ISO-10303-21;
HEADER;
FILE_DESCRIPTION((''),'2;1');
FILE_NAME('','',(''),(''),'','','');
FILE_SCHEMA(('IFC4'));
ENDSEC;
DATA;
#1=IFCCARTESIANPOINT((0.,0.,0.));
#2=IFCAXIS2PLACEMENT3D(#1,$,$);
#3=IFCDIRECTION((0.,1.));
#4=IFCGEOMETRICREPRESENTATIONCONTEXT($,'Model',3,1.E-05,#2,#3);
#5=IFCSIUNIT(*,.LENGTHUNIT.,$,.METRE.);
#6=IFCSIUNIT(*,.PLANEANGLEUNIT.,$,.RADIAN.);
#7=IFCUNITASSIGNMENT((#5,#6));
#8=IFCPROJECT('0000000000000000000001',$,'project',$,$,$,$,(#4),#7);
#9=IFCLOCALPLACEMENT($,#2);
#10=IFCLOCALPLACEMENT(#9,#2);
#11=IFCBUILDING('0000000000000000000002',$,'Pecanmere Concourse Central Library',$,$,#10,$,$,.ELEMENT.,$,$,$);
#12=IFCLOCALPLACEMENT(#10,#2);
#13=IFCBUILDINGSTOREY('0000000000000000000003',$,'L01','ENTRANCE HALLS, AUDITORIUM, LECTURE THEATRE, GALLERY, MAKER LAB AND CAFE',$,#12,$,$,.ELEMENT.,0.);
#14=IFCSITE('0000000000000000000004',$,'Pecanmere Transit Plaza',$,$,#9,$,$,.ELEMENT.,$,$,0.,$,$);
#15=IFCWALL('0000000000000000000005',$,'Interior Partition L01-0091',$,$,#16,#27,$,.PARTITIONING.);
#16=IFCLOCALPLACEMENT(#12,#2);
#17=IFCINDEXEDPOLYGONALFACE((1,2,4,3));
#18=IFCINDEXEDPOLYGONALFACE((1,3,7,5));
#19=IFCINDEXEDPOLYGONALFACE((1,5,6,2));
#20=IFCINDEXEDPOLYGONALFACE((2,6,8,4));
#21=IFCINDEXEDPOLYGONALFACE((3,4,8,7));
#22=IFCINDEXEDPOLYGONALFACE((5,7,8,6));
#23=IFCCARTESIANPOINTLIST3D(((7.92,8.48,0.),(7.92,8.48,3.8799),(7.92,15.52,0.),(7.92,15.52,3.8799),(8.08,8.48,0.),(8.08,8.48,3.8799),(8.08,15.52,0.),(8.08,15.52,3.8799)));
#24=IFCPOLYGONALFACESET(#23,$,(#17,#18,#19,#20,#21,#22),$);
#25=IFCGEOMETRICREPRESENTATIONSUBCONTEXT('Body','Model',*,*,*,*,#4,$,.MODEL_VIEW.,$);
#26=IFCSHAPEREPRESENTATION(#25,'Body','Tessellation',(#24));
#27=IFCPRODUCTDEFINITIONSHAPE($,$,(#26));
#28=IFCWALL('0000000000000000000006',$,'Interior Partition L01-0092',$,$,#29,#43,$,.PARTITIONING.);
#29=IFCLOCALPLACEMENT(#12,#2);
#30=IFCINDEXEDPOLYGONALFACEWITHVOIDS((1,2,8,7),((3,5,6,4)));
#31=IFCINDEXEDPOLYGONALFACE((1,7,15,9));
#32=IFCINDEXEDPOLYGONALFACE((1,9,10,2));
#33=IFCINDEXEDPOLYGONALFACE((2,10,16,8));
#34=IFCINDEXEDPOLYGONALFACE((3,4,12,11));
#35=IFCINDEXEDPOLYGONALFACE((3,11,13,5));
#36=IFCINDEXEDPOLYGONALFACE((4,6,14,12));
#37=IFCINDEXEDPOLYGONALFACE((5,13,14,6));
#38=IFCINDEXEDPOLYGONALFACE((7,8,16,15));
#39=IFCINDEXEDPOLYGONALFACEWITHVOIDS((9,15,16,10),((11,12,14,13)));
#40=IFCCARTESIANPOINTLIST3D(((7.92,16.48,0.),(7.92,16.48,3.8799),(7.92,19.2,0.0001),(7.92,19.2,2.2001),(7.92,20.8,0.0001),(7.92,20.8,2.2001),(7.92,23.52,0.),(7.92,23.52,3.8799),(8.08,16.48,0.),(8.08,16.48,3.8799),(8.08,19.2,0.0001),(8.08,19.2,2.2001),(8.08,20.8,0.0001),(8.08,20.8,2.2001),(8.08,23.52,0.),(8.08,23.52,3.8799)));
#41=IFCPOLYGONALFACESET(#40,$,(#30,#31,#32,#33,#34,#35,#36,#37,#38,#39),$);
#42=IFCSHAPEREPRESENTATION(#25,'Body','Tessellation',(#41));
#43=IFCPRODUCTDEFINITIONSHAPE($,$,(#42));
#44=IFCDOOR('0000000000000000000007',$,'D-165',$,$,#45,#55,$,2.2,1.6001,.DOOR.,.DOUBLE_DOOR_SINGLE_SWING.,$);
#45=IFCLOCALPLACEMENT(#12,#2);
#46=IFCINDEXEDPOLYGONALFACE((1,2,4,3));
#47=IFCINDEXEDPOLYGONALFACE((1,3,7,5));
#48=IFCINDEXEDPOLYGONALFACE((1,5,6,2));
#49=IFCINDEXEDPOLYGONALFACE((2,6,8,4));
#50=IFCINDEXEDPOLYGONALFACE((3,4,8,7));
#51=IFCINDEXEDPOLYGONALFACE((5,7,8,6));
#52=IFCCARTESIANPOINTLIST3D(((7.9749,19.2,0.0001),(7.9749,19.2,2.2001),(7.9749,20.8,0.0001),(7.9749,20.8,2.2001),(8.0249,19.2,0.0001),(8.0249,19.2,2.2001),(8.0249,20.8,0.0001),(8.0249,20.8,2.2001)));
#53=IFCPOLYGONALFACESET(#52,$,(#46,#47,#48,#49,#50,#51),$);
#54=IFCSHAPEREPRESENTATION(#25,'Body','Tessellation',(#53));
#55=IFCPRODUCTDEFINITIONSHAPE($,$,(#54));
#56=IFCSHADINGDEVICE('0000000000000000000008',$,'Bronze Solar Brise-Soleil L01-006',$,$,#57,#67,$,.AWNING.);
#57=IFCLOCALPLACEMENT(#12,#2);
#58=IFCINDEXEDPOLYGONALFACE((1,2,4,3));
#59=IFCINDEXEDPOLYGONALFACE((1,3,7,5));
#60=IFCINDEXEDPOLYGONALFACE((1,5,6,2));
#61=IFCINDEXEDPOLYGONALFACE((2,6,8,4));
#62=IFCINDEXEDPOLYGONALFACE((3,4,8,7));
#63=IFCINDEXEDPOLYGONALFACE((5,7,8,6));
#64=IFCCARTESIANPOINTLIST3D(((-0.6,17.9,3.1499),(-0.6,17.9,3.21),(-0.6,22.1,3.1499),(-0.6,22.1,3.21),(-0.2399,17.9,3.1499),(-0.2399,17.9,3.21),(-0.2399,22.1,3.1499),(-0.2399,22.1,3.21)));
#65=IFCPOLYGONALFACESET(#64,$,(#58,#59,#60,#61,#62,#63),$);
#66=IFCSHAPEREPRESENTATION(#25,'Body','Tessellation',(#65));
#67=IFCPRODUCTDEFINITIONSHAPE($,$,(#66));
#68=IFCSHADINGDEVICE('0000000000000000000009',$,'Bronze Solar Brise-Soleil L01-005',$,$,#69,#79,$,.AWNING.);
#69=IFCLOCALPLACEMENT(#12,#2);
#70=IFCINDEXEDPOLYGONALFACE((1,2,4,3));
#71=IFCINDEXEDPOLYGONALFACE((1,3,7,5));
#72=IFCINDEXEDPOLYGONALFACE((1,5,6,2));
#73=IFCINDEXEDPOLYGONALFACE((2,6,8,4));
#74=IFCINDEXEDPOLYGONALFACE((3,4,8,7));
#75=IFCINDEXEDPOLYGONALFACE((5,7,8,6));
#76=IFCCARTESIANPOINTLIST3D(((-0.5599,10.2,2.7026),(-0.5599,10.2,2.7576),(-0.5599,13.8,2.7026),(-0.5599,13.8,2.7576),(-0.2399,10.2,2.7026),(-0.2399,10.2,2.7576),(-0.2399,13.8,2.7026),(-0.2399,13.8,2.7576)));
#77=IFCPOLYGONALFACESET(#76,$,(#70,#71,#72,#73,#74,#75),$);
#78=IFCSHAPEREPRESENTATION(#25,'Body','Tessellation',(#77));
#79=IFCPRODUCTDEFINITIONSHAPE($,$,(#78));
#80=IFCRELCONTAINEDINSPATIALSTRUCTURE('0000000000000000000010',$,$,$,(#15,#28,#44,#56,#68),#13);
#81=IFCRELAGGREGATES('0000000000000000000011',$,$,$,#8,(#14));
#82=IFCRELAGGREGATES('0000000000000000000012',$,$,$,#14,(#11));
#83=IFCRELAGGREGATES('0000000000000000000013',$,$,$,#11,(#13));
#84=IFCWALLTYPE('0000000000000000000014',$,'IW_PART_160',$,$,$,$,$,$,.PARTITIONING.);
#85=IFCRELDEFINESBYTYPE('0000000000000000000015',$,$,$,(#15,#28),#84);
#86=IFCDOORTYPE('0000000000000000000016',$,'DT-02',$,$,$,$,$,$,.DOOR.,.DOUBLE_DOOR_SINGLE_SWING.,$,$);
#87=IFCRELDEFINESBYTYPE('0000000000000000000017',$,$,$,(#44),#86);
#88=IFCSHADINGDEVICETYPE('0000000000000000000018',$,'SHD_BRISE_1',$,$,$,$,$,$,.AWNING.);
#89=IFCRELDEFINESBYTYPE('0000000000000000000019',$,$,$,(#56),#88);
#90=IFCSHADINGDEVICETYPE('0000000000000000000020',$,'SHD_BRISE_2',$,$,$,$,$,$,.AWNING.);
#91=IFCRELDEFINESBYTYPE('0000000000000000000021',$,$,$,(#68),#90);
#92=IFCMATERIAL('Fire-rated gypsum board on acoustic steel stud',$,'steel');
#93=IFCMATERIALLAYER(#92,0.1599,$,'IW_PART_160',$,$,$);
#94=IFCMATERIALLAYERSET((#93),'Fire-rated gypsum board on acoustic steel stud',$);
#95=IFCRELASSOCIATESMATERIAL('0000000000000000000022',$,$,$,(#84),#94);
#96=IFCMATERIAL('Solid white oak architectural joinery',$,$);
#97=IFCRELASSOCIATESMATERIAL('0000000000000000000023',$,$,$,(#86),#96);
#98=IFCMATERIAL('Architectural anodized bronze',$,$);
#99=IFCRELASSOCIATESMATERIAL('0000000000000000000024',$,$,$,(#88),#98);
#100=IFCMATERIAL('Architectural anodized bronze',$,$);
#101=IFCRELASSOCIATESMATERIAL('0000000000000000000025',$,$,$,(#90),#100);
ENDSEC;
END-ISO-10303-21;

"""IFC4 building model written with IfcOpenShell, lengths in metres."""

from ifc_helpers import new_model, si_unit, direction, frame, frame_2d, origin, origin_2d, place, context, subcontext, project, spatial, rectangle, extrude, material, layer, layer_set, type_object, element, fill, save


model = new_model("IFC4")

# Units and contexts
model_context = context("Model", 3, precision=1e-05, world=origin(), true_north=direction((0.0, 1.0)))
body_context = subcontext(model_context, "Body", "Model", "MODEL_VIEW")
ifc_project = project(units=[si_unit("LENGTHUNIT", "METRE"), si_unit("PLANEANGLEUNIT", "RADIAN")], contexts=[model_context])

# Site, building, storey
site_placement = place(None, origin())
site = spatial("IfcSite", under=ifc_project, at=site_placement, Name="Pecanmere Transit Plaza", CompositionType="ELEMENT", RefElevation=0.0)
building_placement = place(site_placement, origin())
building = spatial("IfcBuilding", under=site, at=building_placement, Name="Pecanmere Concourse Central Library", CompositionType="ELEMENT")
storey_placement = place(building_placement, origin())
storey = spatial("IfcBuildingStorey", under=building, at=storey_placement, Name="L01", Description="ENTRANCE HALLS, AUDITORIUM, LECTURE THEATRE, GALLERY, MAKER LAB AND CAFE", CompositionType="ELEMENT", Elevation=0.0)

# Wall
ifc_material_1 = material(Name="Fire-rated gypsum board on acoustic steel stud", Category="steel")
ifc_layer_1 = layer(ifc_material_1, 0.1599, Name="IW_PART_160")
ifc_layer_set_1 = layer_set([ifc_layer_1], Name="Fire-rated gypsum board on acoustic steel stud")
wall_type_1 = type_object("IfcWallType", Name="IW_PART_160", PredefinedType="PARTITIONING", material=ifc_layer_set_1)
for number, where, z_axis, x_axis, name in (
    (1, (8.0, 8.48, 0.0), (0.0, 0.0, 1.0), (0.0, 1.0, 0.0), "Interior Partition L01-0091"),
):
    element("IfcWall", number, at=place(storey_placement, frame(where, z_axis=z_axis, x_axis=x_axis)), inside=storey, type_object=wall_type_1, Name=name, PredefinedType="PARTITIONING", context=body_context, shape_type="SweptSolid", body=[
        extrude(rectangle(XDim=7.04, YDim=0.1599, at=frame_2d((3.52, 0.0))), origin(), (0.0, 0.0, 1.0), 3.8799),
    ])

# Wall, opening, door
wall_1_placement = place(storey_placement, frame((8.0, 16.48, 0.0), z_axis=(0.0, 0.0, 1.0), x_axis=(0.0, 1.0, 0.0)))
wall_1 = element("IfcWall", 2, at=wall_1_placement, inside=storey, type_object=wall_type_1, Name="Interior Partition L01-0092", PredefinedType="PARTITIONING", context=body_context, shape_type="SweptSolid", body=[
    extrude(rectangle(XDim=7.04, YDim=0.1599, at=frame_2d((3.52, 0.0))), origin(), (0.0, 0.0, 1.0), 3.8799),
])
opening_1_placement = place(wall_1_placement, frame((2.72, 0.0, 0.0)))
opening_1 = element("IfcOpeningElement", 3, at=opening_1_placement, cuts=wall_1, PredefinedType="OPENING", context=body_context, shape_type="SweptSolid", body=[
    extrude(rectangle(XDim=1.6001, YDim=2.2, at=frame_2d((0.8, 1.1001))), frame((0.0, 0.0918, 0.0), z_axis=(0.0, -1.0, 0.0), x_axis=(1.0, 0.0, 0.0)), (0.0, 0.0, 1.0), 0.1838),
])
ifc_material_2 = material(Name="Solid white oak architectural joinery")
door_type = type_object("IfcDoorType", Name="DT-02", OperationType="DOUBLE_DOOR_SINGLE_SWING", PredefinedType="DOOR", material=ifc_material_2)
door_placement = place(opening_1_placement, frame((1.6001, 0.0, 0.0), z_axis=(0.0, 0.0, 1.0), x_axis=(-1.0, 0.0, 0.0)))
door = element("IfcDoor", 4, at=door_placement, inside=storey, type_object=door_type, Name="D-165", OperationType="DOUBLE_DOOR_SINGLE_SWING", OverallHeight=2.2, OverallWidth=1.6001, PredefinedType="DOOR", context=body_context, shape_type="SweptSolid", body=[
    extrude(rectangle(XDim=1.6001, YDim=2.2, at=frame_2d((0.8, 1.1001))), frame((0.0, 0.0249, 0.0), z_axis=(0.0, -1.0, 0.0), x_axis=(1.0, 0.0, 0.0)), (0.0, 0.0, 1.0), 0.05),
])
fill(opening_1, door)

# Shading devices
ifc_material_3 = material(Name="Architectural anodized bronze")
shading_device_type_1 = type_object("IfcShadingDeviceType", Name="SHD_BRISE_1", PredefinedType="AWNING", material=ifc_material_3)
shading_device_1_placement = place(storey_placement, frame((-0.4199, 20.0, 3.1499), z_axis=(0.0, 0.0, 1.0), x_axis=(0.0, -1.0, 0.0)))
element("IfcShadingDevice", 5, at=shading_device_1_placement, inside=storey, type_object=shading_device_type_1, Name="Bronze Solar Brise-Soleil L01-006", PredefinedType="AWNING", context=body_context, shape_type="SweptSolid", body=[
    extrude(rectangle(XDim=4.2, YDim=0.3601, at=origin_2d()), origin(), (0.0, 0.0, 1.0), 0.0601),
])
ifc_material_4 = material(Name="Architectural anodized bronze")
shading_device_type_2 = type_object("IfcShadingDeviceType", Name="SHD_BRISE_2", PredefinedType="AWNING", material=ifc_material_4)
shading_device_2_placement = place(storey_placement, frame((-0.3999, 12.0, 2.7026), z_axis=(0.0, 0.0, 1.0), x_axis=(0.0, -1.0, 0.0)))
element("IfcShadingDevice", 6, at=shading_device_2_placement, inside=storey, type_object=shading_device_type_2, Name="Bronze Solar Brise-Soleil L01-005", PredefinedType="AWNING", context=body_context, shape_type="SweptSolid", body=[
    extrude(rectangle(XDim=3.6001, YDim=0.3201, at=origin_2d()), origin(), (0.0, 0.0, 1.0), 0.0549),
])

save(model, "model.ifc")
